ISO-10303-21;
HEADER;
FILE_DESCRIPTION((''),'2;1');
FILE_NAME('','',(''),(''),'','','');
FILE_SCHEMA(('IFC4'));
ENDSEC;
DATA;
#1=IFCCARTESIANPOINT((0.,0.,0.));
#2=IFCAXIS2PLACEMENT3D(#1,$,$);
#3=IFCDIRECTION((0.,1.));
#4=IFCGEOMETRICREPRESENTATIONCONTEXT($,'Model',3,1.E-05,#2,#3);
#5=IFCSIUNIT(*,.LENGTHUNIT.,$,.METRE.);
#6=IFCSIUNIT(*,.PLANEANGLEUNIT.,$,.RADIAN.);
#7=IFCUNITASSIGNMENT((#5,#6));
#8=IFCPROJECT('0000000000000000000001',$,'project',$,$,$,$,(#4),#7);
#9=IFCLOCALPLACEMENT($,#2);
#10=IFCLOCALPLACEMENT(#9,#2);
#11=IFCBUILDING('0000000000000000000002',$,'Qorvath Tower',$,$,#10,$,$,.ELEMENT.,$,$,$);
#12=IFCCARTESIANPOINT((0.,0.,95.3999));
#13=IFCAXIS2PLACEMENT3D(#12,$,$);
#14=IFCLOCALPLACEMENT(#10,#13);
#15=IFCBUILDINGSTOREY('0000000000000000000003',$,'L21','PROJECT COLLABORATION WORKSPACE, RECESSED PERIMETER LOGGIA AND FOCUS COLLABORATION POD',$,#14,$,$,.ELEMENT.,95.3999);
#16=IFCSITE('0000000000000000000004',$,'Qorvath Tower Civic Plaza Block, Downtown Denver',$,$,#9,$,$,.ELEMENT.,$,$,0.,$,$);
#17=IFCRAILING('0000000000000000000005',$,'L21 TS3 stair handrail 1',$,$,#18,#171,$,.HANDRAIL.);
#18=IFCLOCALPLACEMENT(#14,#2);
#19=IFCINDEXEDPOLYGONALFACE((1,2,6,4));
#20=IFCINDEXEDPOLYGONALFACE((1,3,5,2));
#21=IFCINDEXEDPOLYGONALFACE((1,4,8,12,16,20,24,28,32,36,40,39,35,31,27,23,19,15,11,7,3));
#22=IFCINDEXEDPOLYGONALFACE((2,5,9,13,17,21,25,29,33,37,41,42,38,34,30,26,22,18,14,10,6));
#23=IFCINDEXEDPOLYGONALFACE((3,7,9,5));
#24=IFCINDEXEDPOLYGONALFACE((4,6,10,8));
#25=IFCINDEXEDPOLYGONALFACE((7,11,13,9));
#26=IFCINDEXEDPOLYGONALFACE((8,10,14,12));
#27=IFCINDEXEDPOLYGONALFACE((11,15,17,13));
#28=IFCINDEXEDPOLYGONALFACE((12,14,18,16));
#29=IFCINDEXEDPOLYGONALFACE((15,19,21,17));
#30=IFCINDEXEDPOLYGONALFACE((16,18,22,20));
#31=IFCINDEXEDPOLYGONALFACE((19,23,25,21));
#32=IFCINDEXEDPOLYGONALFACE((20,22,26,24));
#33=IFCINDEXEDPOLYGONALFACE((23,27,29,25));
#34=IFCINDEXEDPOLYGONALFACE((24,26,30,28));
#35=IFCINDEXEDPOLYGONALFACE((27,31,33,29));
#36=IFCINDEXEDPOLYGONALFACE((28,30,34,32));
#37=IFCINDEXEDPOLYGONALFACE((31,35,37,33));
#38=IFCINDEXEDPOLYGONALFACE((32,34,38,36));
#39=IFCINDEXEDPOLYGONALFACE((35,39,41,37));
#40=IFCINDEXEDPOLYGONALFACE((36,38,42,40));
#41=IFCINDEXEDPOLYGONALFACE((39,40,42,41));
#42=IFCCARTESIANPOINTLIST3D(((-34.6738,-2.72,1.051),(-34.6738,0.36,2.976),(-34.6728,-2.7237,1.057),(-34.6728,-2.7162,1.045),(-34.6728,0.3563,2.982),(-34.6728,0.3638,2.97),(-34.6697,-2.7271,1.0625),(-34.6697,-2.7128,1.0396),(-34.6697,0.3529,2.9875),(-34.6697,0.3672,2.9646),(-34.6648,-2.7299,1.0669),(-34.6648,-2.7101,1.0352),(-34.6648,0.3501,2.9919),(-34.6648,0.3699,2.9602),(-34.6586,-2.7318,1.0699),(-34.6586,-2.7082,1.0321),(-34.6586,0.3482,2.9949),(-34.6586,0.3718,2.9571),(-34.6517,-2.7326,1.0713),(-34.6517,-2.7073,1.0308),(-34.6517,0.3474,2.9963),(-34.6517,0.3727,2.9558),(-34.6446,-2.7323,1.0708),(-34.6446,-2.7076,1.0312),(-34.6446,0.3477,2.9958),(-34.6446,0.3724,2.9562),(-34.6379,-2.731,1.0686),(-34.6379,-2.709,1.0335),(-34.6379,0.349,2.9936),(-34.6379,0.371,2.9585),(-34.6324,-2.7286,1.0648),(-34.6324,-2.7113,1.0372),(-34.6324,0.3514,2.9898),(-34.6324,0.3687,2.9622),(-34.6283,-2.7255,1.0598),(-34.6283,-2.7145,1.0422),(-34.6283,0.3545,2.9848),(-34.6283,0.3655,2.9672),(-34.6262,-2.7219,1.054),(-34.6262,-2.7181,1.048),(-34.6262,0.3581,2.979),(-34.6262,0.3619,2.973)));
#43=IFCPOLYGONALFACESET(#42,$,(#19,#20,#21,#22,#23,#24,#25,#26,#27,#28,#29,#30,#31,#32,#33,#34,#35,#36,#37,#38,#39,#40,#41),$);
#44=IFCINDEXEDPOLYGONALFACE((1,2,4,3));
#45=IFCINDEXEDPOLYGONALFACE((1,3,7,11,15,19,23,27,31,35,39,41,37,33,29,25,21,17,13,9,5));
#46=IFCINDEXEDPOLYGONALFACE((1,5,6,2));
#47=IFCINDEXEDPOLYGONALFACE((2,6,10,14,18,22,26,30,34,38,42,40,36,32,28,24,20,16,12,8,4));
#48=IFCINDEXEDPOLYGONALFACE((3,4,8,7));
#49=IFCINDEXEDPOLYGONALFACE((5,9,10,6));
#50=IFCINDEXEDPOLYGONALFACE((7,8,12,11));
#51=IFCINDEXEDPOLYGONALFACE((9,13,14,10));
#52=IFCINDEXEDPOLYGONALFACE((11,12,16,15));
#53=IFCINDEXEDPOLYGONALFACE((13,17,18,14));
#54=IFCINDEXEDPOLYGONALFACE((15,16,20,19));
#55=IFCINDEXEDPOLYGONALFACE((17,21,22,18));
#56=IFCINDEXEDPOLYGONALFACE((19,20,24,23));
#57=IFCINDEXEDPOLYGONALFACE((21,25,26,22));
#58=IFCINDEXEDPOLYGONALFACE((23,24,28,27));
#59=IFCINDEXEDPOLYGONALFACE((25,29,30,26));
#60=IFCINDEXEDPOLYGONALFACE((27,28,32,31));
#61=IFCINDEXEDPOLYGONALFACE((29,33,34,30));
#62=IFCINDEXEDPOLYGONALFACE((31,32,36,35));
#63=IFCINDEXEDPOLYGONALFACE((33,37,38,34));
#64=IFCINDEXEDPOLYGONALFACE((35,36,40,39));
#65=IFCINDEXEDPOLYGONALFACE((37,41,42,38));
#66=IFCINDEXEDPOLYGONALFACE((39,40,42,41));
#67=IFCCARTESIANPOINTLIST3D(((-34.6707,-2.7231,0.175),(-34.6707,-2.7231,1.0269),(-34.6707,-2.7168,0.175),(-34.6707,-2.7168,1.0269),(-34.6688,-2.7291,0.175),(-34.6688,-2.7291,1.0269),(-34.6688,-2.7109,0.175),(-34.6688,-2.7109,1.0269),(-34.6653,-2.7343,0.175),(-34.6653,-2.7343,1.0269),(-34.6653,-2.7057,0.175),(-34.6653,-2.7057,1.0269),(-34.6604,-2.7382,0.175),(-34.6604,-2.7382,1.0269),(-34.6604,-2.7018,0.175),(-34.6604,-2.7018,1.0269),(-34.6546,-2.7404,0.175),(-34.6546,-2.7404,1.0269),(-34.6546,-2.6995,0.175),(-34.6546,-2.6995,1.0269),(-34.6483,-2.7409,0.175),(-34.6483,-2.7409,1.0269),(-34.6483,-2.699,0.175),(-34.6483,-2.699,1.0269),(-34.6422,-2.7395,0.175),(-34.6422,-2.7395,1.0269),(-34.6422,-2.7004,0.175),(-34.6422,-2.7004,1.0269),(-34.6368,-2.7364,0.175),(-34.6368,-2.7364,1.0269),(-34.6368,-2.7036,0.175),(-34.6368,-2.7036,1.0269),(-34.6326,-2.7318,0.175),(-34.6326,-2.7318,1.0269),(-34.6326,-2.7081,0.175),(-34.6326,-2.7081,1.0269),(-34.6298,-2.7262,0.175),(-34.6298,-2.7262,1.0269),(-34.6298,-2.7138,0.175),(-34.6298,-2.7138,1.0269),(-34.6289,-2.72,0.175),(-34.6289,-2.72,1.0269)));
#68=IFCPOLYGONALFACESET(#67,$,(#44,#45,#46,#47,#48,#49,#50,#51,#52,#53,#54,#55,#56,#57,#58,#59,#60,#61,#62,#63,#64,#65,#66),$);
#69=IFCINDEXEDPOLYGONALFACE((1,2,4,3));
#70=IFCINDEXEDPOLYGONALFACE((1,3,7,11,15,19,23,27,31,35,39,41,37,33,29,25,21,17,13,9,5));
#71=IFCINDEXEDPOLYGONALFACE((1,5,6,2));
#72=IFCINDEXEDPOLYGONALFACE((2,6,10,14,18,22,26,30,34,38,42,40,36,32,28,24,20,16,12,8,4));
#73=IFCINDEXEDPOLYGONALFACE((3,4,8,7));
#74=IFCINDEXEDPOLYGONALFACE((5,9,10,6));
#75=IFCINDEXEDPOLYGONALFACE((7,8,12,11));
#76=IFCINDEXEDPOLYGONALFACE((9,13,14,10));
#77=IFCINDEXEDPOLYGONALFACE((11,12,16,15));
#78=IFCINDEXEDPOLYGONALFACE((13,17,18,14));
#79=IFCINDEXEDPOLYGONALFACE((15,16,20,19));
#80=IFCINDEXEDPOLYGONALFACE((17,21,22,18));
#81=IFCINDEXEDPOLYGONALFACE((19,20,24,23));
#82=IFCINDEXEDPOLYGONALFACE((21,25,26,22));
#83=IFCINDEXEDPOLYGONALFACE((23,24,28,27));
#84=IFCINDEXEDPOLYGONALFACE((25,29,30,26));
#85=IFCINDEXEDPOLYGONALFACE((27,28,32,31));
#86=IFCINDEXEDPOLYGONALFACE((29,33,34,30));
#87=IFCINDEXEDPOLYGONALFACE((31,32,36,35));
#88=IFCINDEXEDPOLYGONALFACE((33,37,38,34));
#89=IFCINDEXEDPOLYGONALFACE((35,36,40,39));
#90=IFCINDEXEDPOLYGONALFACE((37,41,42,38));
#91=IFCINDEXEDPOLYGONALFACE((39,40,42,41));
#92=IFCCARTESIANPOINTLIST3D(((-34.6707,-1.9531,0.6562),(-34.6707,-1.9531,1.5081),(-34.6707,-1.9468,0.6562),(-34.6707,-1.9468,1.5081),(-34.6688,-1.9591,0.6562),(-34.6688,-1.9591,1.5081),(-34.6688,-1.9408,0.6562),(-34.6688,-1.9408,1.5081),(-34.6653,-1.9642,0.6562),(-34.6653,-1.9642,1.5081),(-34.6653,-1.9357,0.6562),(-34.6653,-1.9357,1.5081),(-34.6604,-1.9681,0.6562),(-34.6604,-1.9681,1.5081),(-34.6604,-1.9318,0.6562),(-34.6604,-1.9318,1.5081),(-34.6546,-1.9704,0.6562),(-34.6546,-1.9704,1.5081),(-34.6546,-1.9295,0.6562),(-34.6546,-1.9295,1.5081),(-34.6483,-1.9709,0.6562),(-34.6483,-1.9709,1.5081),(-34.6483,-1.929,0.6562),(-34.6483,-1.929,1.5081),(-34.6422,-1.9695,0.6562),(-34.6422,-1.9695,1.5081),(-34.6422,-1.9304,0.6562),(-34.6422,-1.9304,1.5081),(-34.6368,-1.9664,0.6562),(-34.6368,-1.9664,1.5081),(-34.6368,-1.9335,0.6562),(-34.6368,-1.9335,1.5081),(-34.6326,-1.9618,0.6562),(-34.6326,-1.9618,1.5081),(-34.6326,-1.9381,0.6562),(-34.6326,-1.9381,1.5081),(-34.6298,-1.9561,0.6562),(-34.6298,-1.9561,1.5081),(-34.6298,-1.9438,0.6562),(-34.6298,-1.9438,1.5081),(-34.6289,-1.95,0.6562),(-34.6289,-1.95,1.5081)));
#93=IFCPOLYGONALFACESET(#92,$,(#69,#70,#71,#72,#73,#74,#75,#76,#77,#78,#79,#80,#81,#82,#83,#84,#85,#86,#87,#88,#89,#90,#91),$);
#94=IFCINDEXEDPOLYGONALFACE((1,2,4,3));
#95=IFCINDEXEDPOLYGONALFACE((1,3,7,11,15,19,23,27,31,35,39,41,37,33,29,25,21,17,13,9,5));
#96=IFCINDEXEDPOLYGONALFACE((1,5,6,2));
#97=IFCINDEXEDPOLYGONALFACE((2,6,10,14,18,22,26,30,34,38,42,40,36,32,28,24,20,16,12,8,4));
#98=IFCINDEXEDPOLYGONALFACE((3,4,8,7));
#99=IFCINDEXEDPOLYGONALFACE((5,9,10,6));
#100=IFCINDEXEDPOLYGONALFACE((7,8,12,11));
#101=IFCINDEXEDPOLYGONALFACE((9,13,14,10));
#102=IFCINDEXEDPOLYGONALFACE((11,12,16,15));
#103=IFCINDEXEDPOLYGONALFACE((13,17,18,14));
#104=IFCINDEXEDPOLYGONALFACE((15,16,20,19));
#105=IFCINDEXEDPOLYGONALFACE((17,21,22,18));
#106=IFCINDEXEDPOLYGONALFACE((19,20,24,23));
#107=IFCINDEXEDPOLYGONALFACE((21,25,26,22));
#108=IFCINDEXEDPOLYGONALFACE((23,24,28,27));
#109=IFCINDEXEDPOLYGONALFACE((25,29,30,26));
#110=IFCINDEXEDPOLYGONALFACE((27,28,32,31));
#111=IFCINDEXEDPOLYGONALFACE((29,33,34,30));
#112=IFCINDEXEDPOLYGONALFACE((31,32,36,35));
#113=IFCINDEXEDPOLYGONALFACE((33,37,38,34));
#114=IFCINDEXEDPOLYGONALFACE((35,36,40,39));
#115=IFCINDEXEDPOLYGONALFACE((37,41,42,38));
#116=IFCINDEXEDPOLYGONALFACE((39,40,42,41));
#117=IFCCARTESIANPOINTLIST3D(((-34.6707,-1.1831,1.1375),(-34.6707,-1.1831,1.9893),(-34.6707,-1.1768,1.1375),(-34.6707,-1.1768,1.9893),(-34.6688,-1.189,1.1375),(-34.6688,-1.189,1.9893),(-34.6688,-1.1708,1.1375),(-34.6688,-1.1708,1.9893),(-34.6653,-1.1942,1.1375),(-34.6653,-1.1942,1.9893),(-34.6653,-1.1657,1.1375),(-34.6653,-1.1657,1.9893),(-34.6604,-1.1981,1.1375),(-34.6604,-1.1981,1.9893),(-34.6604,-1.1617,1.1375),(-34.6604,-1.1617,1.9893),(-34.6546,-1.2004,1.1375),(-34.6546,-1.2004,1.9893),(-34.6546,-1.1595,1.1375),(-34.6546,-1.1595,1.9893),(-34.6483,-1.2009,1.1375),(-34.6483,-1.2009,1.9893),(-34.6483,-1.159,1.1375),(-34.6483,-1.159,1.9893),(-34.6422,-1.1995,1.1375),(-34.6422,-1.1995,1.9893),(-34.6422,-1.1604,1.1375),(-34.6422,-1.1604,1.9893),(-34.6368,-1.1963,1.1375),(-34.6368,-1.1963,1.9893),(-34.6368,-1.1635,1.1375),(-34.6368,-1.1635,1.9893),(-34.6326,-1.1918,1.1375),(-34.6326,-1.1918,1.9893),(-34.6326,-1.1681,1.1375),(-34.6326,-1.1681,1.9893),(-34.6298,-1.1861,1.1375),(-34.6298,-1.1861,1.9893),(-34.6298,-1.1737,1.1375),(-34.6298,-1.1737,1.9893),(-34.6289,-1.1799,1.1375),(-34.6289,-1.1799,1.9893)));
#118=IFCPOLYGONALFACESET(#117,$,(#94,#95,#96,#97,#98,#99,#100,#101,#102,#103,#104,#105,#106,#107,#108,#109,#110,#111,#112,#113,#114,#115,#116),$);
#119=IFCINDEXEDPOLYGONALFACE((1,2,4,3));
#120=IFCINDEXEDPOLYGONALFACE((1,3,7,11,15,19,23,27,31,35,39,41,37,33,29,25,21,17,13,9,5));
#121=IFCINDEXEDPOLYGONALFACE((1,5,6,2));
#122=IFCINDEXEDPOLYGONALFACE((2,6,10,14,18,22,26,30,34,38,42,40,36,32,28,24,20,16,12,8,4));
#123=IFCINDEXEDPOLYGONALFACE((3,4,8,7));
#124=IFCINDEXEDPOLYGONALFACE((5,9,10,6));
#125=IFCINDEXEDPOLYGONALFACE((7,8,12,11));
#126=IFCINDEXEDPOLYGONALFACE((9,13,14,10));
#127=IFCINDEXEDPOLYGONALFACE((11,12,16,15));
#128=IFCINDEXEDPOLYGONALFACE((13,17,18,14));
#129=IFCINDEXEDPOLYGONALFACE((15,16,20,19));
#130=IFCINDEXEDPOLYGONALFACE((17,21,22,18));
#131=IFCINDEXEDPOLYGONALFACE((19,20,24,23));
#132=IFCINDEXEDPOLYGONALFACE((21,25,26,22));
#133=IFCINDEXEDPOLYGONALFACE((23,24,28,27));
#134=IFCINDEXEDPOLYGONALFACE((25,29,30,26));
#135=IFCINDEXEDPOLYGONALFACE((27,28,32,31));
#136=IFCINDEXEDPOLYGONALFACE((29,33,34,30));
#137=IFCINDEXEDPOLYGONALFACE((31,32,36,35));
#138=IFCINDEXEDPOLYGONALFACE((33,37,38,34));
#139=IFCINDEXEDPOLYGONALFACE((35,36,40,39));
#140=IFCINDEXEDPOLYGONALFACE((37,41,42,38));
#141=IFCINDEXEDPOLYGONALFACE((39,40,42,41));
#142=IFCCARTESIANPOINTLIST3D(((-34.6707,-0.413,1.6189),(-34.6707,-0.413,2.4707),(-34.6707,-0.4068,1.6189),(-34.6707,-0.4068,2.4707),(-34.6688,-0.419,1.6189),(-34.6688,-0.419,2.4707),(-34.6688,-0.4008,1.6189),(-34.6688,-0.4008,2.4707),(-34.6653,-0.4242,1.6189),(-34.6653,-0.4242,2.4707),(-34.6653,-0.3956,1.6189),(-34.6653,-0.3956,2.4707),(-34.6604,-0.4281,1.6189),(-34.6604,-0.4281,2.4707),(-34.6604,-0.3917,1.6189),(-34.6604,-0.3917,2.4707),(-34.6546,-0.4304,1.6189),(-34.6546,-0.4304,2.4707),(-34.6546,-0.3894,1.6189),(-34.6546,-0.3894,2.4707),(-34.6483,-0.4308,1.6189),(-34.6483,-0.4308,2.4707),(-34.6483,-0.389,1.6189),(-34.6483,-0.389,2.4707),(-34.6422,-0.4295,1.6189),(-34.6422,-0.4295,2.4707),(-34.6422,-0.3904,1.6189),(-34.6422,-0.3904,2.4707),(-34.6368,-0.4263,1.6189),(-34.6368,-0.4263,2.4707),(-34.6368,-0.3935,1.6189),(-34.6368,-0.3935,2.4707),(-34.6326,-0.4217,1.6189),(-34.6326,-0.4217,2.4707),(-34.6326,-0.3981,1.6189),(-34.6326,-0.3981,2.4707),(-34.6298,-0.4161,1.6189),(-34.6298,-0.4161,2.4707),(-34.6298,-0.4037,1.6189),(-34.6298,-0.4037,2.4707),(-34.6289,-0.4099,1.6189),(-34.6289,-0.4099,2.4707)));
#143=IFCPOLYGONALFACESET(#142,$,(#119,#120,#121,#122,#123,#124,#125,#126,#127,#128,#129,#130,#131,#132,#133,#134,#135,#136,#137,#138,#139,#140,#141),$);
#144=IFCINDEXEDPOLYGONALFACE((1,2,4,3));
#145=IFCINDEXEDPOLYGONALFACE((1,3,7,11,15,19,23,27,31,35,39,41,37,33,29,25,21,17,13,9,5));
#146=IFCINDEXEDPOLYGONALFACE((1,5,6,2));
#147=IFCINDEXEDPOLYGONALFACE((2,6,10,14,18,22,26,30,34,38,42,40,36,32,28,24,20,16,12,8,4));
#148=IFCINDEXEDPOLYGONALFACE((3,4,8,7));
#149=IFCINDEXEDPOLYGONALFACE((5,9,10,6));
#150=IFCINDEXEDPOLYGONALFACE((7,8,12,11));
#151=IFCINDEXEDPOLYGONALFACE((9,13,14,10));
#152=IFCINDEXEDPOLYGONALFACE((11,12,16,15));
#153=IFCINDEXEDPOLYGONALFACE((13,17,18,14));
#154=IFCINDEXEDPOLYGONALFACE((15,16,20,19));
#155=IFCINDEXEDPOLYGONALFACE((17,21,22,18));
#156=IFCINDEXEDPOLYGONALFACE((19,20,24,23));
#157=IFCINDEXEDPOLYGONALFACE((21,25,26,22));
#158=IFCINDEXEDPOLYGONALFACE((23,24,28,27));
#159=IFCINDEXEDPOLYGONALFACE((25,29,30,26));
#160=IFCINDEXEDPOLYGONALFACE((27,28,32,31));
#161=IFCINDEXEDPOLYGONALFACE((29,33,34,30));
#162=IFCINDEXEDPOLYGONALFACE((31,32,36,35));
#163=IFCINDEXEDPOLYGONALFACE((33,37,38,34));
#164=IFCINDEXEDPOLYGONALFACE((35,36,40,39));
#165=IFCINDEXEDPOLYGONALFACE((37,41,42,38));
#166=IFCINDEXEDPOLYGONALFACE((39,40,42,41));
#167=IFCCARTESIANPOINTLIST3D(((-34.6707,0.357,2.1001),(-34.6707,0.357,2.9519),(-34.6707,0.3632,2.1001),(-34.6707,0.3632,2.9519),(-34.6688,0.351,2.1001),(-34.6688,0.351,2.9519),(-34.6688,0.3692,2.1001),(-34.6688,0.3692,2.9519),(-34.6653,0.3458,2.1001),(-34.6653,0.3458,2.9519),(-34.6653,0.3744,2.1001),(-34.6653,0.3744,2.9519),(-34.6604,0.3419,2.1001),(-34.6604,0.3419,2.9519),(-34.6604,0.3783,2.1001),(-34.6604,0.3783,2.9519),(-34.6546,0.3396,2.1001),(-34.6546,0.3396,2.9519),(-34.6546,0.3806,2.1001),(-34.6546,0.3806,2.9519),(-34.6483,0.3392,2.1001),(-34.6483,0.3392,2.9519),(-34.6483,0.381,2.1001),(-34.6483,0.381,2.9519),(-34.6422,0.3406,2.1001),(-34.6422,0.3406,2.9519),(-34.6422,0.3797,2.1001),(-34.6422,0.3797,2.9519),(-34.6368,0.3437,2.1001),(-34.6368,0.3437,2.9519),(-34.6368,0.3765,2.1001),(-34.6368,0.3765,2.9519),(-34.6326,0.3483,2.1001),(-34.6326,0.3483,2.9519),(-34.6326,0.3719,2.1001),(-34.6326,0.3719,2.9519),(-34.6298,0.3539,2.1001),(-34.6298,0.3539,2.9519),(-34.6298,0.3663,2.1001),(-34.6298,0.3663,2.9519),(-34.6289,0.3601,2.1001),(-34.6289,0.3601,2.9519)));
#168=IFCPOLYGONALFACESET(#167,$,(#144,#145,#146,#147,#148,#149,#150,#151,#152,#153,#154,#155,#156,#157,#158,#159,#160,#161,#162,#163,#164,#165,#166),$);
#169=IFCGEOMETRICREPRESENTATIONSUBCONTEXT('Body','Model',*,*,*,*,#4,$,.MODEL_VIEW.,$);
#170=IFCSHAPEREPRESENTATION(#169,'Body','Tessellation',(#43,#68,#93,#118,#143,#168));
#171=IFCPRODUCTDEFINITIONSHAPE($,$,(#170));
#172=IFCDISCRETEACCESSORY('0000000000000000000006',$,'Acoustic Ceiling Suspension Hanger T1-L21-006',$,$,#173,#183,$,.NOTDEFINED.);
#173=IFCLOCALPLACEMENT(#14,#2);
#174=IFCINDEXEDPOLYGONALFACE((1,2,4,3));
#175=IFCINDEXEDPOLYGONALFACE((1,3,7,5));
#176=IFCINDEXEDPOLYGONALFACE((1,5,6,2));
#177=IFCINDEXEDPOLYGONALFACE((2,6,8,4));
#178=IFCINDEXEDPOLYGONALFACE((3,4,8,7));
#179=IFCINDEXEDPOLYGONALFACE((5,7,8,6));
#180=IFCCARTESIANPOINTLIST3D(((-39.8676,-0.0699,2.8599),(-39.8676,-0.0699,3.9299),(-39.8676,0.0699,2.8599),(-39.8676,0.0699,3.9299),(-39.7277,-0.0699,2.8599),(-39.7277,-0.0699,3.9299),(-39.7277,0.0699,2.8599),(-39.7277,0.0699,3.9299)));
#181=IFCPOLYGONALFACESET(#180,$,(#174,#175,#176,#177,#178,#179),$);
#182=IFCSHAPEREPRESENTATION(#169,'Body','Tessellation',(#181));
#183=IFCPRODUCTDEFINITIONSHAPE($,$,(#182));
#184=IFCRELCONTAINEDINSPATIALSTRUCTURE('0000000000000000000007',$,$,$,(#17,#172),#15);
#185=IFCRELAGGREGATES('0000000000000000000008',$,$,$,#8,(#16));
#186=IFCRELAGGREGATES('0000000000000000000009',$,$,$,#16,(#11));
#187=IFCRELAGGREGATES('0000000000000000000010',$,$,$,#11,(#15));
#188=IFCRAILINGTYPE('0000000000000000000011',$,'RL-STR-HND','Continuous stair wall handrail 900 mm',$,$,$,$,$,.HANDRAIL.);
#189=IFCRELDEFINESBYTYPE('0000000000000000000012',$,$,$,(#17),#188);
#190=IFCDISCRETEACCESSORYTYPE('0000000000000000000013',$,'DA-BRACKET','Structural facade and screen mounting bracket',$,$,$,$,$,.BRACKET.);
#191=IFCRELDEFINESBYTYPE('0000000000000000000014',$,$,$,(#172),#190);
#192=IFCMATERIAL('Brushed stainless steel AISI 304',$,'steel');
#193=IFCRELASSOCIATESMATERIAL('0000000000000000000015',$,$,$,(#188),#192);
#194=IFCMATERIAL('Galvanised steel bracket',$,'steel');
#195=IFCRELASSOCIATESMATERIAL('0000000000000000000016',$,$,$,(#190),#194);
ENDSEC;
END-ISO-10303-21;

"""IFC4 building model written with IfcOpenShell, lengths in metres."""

from ifc_helpers import new_model, si_unit, direction, frame, origin, origin_2d, place, context, subcontext, project, spatial, rectangle, circle, extrude, material, type_object, element, save


model = new_model("IFC4")

# Units and contexts
model_context = context("Model", 3, precision=1e-05, world=origin(), true_north=direction((0.0, 1.0)))
body_context = subcontext(model_context, "Body", "Model", "MODEL_VIEW")
ifc_project = project(units=[si_unit("LENGTHUNIT", "METRE"), si_unit("PLANEANGLEUNIT", "RADIAN")], contexts=[model_context])

# Site, building, storey
site_placement = place(None, origin())
site = spatial("IfcSite", under=ifc_project, at=site_placement, Name="Qorvath Tower Civic Plaza Block, Downtown Denver", CompositionType="ELEMENT", RefElevation=0.0)
building_placement = place(site_placement, origin())
building = spatial("IfcBuilding", under=site, at=building_placement, Name="Qorvath Tower", CompositionType="ELEMENT")
storey_placement = place(building_placement, frame((0.0, 0.0, 95.3999)))
storey = spatial("IfcBuildingStorey", under=building, at=storey_placement, Name="L21", Description="PROJECT COLLABORATION WORKSPACE, RECESSED PERIMETER LOGGIA AND FOCUS COLLABORATION POD", CompositionType="ELEMENT", Elevation=95.3999)

# Railing
ifc_material_1 = material(Name="Brushed stainless steel AISI 304", Category="steel")
railing_type_1 = type_object("IfcRailingType", Name="RL-STR-HND", Description="Continuous stair wall handrail 900 mm", PredefinedType="HANDRAIL", material=ifc_material_1)
railing_1_placement = place(storey_placement, frame((-34.6499, -2.72, 0.175)))
element("IfcRailing", 1, at=railing_1_placement, inside=storey, type_object=railing_type_1, Name="L21 TS3 stair handrail 1", PredefinedType="HANDRAIL", context=body_context, shape_type="SweptSolid", body=[
    extrude(circle(Radius=0.0239, at=origin_2d()), frame((0.0, 0.0, 0.876), z_axis=(0.0, 0.847998, 0.529999), x_axis=(-1.0, 0.0, 0.0)), (0.0, 0.0, 1.0), 3.6321),
    extrude(circle(Radius=0.021, at=origin_2d()), origin(), (0.0, 0.0, 1.0), 0.8518),
    extrude(circle(Radius=0.021, at=origin_2d()), frame((0.0, 0.77, 0.4812)), (0.0, 0.0, 1.0), 0.8518),
    extrude(circle(Radius=0.021, at=origin_2d()), frame((0.0, 1.54, 0.9624)), (0.0, 0.0, 1.0), 0.8518),
    extrude(circle(Radius=0.021, at=origin_2d()), frame((0.0, 2.3101, 1.4438)), (0.0, 0.0, 1.0), 0.8518),
    extrude(circle(Radius=0.021, at=origin_2d()), frame((0.0, 3.0801, 1.925)), (0.0, 0.0, 1.0), 0.8518),
])

# Discrete accessory
ifc_material_2 = material(Name="Galvanised steel bracket", Category="steel")
discrete_accessory_type = type_object("IfcDiscreteAccessoryType", Name="DA-BRACKET", Description="Structural facade and screen mounting bracket", PredefinedType="BRACKET", material=ifc_material_2)
discrete_accessory_placement = place(storey_placement, frame((-39.7976, 0.0, 2.8599), z_axis=(0.0, 0.0, 1.0), x_axis=(1.0, 0.0, 0.0)))
element("IfcDiscreteAccessory", 2, at=discrete_accessory_placement, inside=storey, type_object=discrete_accessory_type, Name="Acoustic Ceiling Suspension Hanger T1-L21-006", PredefinedType="NOTDEFINED", context=body_context, shape_type="SweptSolid", body=[
    extrude(rectangle(XDim=0.1399, YDim=0.1399, at=origin_2d()), origin(), (0.0, 0.0, 1.0), 1.0701),
])

save(model, "model.ifc")
